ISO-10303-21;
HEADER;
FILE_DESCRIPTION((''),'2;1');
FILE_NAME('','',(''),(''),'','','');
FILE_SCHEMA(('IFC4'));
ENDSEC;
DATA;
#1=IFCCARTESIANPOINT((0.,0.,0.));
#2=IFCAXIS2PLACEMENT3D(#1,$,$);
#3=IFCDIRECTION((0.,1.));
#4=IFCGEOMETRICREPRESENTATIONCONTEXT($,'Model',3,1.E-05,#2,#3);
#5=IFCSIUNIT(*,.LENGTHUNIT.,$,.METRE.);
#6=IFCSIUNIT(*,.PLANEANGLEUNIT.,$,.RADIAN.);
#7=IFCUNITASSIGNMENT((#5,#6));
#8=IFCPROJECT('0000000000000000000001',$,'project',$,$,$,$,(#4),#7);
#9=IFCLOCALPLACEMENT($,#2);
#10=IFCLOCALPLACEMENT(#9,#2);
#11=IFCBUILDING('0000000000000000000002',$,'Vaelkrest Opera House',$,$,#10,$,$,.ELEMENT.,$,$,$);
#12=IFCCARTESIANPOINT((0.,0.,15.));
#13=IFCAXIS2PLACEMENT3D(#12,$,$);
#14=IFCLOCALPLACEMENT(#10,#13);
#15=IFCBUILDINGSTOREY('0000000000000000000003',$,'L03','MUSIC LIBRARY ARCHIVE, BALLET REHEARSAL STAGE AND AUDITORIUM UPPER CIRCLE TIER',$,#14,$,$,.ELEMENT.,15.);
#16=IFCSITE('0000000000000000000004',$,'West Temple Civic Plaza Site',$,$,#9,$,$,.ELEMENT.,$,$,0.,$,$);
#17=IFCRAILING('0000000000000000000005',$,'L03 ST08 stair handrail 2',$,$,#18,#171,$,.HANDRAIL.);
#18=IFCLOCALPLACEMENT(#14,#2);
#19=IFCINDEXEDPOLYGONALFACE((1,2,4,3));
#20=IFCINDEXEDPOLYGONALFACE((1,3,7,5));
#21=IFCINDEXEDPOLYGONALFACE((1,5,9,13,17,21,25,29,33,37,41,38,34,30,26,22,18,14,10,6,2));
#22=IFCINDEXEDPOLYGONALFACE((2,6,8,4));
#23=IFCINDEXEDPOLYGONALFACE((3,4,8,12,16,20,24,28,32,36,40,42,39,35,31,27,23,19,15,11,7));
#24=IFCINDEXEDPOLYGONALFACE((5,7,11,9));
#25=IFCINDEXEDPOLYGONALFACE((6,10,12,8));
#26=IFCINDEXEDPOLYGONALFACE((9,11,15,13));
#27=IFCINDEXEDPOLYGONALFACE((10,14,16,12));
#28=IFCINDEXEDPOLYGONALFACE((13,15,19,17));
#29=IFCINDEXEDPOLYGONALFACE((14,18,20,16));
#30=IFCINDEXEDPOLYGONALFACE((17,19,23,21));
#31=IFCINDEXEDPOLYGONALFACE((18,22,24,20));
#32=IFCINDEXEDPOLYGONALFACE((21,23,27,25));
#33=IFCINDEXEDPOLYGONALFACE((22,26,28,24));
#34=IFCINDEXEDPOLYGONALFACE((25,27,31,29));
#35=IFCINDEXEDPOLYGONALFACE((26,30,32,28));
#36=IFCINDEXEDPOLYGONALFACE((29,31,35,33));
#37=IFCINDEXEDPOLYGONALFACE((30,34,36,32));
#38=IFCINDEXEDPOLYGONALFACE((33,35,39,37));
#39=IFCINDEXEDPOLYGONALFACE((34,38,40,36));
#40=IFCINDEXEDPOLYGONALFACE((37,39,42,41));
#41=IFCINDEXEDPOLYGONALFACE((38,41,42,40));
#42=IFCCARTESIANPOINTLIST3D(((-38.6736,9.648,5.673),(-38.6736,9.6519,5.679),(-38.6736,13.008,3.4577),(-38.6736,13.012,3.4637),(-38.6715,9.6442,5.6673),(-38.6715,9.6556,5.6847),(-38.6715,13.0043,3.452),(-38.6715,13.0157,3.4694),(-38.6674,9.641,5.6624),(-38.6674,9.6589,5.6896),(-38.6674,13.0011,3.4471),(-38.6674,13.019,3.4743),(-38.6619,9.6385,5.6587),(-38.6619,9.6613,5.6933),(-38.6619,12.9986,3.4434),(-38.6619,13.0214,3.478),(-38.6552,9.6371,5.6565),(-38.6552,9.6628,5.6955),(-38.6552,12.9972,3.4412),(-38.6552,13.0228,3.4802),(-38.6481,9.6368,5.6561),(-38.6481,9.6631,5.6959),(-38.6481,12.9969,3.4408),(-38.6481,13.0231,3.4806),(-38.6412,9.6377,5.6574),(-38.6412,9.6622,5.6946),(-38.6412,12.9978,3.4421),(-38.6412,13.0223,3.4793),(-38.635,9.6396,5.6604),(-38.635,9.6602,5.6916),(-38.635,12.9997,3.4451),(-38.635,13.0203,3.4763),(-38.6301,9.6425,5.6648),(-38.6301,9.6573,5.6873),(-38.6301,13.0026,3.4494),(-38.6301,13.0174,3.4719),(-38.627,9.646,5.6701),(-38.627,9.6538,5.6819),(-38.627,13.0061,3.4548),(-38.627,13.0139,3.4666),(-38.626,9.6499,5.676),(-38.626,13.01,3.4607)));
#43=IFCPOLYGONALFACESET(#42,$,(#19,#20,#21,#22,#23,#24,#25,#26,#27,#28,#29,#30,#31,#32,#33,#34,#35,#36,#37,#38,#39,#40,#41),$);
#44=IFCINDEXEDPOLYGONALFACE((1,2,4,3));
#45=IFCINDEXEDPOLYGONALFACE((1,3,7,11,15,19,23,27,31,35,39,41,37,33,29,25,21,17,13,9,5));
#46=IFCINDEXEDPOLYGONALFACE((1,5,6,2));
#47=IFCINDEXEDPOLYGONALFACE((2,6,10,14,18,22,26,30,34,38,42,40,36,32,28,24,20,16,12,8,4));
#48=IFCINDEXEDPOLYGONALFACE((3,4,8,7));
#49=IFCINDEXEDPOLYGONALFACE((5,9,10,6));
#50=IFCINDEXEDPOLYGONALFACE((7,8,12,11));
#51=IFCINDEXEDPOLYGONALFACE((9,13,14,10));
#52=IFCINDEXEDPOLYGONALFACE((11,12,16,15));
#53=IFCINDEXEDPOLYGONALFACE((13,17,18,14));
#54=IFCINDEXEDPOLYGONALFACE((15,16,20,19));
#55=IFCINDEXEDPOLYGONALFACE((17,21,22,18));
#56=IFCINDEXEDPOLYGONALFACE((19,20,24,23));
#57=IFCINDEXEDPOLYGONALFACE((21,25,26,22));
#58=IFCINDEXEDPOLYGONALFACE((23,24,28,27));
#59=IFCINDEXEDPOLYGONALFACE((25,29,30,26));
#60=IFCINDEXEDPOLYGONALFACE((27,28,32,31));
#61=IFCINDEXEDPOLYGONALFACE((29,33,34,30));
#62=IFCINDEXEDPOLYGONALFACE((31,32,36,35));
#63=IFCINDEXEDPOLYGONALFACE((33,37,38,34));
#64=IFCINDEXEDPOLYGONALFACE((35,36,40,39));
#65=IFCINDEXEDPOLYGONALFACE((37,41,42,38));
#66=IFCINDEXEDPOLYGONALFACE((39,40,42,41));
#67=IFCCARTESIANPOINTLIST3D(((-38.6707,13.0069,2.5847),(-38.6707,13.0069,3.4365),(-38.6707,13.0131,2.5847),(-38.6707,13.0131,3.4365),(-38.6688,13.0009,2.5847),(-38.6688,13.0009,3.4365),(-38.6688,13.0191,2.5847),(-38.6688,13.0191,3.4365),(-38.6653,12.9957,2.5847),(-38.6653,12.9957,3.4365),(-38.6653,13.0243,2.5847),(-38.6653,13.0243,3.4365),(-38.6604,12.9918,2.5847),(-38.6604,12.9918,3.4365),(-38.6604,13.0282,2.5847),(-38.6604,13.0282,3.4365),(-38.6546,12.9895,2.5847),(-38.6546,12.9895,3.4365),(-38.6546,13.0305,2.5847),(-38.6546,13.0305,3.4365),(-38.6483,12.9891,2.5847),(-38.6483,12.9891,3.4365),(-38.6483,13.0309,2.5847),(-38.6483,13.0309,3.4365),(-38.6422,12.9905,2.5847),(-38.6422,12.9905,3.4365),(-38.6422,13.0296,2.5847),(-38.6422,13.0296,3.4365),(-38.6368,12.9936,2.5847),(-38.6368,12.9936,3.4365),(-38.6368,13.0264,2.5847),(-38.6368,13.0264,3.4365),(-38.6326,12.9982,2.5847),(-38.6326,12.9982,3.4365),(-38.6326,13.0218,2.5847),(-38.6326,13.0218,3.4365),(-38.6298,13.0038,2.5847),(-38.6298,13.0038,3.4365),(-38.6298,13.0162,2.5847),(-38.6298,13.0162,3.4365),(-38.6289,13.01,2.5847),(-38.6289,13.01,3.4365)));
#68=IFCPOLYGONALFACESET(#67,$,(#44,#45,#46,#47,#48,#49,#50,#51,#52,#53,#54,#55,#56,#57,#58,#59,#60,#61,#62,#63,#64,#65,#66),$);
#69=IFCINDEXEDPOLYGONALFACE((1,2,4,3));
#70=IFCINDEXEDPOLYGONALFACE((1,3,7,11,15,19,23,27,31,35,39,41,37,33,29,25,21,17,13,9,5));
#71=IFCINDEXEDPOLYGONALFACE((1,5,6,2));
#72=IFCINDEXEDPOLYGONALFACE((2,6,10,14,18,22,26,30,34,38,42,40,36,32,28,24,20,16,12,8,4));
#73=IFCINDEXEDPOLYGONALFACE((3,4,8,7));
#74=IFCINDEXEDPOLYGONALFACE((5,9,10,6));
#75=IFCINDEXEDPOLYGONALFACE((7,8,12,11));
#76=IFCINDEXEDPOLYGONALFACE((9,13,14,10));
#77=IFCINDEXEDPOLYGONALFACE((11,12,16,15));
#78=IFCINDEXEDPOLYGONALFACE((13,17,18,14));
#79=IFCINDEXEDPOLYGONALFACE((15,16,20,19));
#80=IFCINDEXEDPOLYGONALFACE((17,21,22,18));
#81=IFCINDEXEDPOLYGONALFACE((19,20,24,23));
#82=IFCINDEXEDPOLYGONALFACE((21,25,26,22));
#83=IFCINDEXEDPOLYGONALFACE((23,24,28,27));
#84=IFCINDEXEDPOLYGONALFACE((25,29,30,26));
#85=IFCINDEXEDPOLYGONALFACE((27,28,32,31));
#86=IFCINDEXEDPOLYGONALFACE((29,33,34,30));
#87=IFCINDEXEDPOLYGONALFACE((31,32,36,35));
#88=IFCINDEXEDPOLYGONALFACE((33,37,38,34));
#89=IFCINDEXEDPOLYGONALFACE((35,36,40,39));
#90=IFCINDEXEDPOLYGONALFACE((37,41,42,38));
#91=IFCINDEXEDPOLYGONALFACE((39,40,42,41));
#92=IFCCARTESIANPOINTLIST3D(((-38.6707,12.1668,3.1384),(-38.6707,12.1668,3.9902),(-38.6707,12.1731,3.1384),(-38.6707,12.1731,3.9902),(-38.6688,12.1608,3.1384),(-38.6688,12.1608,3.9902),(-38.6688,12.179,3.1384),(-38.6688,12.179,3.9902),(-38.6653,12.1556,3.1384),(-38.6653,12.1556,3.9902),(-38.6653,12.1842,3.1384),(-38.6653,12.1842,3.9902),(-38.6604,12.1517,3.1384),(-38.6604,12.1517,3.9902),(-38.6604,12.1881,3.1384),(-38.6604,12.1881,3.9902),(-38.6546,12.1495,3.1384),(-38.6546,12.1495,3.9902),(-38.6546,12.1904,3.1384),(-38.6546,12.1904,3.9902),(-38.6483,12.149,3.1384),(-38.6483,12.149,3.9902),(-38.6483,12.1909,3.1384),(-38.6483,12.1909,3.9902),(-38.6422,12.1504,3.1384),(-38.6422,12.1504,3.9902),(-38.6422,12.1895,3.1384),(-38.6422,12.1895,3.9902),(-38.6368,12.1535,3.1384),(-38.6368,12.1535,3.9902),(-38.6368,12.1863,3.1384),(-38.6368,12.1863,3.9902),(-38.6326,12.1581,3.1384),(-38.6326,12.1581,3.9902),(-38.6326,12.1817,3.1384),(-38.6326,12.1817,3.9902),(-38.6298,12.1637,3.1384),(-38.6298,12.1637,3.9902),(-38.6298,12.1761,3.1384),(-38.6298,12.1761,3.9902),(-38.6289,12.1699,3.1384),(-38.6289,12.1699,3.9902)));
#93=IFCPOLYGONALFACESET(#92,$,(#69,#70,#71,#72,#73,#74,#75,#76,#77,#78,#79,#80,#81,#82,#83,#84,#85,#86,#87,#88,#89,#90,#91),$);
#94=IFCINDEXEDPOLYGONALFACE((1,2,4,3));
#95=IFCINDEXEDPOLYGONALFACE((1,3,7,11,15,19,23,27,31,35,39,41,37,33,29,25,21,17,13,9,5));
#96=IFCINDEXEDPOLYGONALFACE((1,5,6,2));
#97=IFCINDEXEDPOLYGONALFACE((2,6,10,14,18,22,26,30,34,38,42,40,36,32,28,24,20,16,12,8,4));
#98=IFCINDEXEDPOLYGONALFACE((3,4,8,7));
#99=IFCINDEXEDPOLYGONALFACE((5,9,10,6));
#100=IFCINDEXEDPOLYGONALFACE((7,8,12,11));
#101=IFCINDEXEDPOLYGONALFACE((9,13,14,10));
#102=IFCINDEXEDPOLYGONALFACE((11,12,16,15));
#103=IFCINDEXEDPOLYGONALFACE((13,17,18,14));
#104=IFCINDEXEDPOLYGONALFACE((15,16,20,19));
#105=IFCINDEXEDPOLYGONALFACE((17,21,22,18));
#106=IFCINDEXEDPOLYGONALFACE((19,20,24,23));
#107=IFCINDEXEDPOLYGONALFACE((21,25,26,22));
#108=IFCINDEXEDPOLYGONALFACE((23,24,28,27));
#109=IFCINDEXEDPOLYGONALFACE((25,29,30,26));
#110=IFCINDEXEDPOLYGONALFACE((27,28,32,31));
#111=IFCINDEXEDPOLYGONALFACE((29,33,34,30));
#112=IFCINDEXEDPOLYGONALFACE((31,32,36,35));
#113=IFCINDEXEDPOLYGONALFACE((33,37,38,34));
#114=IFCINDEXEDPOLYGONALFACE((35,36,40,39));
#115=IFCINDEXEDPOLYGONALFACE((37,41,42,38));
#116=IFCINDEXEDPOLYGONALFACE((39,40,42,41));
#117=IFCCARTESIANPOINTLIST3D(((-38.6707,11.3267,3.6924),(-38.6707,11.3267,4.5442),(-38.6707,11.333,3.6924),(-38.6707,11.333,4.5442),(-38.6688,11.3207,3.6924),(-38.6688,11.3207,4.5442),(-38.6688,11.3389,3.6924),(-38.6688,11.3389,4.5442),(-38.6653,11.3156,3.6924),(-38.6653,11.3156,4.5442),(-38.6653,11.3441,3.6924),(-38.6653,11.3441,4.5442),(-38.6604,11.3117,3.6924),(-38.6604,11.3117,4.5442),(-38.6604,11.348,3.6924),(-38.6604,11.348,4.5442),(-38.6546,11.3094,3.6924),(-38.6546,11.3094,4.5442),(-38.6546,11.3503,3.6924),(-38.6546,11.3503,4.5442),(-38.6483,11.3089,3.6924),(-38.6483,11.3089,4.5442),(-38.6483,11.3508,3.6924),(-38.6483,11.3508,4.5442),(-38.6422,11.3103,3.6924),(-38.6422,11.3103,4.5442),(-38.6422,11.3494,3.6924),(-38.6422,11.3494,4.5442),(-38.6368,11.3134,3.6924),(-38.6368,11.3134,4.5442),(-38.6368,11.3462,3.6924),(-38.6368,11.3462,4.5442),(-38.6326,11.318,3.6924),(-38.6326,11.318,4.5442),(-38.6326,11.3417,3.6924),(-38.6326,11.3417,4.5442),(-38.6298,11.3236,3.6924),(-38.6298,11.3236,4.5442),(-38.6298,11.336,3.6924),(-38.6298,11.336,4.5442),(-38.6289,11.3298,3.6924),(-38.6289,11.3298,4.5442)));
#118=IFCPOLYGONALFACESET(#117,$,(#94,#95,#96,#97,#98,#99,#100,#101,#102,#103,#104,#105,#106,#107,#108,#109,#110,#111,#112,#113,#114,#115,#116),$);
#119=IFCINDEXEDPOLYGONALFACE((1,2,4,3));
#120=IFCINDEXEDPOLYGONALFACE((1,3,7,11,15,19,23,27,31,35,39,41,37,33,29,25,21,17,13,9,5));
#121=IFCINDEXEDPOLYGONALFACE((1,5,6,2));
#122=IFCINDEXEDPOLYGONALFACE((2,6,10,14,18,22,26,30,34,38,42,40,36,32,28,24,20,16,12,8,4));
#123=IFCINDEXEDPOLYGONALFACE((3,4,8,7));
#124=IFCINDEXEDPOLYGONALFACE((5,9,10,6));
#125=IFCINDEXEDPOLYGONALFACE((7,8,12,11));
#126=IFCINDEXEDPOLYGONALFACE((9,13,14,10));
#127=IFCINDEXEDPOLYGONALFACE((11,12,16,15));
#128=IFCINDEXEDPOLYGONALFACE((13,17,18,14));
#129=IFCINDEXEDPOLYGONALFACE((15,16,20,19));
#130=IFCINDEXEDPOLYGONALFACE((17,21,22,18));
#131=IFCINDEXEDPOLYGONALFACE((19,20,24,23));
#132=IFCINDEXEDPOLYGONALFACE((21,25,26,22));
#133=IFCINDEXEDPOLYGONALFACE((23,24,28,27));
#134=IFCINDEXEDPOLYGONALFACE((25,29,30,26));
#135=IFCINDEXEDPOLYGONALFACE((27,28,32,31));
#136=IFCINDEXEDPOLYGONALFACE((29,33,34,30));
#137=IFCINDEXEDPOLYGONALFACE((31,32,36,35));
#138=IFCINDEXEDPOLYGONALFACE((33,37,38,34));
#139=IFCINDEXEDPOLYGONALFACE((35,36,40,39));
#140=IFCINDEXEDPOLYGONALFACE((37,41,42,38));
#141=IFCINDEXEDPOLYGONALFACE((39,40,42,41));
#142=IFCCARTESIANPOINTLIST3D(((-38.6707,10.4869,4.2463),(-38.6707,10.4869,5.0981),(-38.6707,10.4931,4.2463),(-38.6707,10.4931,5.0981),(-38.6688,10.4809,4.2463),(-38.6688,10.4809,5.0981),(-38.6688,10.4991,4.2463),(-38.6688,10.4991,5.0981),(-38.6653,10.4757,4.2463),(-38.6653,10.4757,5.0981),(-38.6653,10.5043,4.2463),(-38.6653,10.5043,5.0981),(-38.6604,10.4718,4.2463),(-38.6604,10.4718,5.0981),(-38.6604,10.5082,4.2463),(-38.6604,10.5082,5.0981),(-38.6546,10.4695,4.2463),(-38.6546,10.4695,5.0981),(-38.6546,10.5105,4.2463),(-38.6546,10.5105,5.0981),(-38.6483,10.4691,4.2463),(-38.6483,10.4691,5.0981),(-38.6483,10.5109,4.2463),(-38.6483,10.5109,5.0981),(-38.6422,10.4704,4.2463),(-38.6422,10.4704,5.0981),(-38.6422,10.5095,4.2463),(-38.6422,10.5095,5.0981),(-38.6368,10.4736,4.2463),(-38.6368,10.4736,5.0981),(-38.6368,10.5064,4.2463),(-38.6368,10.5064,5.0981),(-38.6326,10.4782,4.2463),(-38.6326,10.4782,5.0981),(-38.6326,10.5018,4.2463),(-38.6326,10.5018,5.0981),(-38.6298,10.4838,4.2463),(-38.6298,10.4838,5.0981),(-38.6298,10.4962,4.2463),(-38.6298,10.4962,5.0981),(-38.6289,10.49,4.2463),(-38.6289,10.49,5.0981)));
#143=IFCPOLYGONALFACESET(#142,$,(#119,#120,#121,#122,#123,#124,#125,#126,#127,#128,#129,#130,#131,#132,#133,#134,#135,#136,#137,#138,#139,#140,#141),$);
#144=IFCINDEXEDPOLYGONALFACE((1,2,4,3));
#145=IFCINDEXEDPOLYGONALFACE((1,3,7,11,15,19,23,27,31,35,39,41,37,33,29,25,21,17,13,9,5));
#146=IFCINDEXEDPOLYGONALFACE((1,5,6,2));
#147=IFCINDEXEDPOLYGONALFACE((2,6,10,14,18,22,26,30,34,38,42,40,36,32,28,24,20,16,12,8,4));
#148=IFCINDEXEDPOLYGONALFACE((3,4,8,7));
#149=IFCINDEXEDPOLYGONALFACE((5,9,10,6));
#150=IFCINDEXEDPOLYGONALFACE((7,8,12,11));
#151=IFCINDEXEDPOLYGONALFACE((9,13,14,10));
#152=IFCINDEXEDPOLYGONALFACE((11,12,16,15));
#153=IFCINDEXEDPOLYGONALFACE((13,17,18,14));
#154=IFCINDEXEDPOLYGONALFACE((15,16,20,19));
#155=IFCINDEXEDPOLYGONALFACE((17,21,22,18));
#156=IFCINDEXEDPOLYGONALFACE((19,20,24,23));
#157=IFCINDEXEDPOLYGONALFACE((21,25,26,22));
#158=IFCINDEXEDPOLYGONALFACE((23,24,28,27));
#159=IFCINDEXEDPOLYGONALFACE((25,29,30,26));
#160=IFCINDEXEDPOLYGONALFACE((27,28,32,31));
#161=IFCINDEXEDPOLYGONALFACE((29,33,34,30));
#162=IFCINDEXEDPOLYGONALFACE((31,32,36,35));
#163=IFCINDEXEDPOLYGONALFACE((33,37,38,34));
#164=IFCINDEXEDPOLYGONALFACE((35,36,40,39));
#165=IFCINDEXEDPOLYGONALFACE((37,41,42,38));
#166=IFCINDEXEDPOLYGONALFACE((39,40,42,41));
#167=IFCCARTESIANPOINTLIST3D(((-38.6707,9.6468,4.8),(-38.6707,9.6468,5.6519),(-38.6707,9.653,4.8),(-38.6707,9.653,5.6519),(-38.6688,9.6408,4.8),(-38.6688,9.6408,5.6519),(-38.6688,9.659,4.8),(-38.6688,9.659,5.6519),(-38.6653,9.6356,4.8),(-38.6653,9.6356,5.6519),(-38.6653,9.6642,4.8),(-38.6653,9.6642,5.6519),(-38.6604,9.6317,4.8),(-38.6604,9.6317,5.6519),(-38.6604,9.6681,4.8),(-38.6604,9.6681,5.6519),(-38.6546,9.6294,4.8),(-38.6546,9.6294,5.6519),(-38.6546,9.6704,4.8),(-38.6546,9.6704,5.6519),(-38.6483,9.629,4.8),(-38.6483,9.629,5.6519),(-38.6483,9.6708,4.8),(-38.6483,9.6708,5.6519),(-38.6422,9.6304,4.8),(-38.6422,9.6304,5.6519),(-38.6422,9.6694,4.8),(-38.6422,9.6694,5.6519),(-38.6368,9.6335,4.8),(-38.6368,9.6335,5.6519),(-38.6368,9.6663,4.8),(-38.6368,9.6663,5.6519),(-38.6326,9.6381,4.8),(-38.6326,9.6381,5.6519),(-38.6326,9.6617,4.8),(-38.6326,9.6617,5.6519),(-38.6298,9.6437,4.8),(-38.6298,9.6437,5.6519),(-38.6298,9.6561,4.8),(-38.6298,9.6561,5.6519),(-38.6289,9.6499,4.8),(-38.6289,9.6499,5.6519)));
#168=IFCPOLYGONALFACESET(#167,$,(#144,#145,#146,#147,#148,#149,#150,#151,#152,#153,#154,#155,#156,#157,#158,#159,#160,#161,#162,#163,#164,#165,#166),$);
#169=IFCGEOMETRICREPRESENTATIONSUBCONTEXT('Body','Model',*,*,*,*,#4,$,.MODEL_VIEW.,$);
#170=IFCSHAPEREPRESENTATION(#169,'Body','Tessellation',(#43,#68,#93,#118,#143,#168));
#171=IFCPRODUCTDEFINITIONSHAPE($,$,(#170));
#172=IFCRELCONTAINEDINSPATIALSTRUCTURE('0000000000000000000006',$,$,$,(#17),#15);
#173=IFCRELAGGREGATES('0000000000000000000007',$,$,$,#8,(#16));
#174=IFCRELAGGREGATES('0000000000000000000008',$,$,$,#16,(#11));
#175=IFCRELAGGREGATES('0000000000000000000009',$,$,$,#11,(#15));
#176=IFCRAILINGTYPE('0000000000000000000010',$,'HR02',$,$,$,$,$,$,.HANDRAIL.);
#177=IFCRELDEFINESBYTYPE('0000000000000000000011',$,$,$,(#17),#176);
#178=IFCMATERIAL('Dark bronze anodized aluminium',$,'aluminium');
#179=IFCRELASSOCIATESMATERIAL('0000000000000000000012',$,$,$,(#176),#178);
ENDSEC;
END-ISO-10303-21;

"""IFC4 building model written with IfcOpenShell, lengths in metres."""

from ifc_helpers import new_model, si_unit, direction, frame, origin, origin_2d, place, context, subcontext, project, spatial, circle, extrude, material, type_object, element, save


model = new_model("IFC4")

# Units and contexts
model_context = context("Model", 3, precision=1e-05, world=origin(), true_north=direction((0.0, 1.0)))
body_context = subcontext(model_context, "Body", "Model", "MODEL_VIEW")
ifc_project = project(units=[si_unit("LENGTHUNIT", "METRE"), si_unit("PLANEANGLEUNIT", "RADIAN")], contexts=[model_context])

# Site, building, storey
site_placement = place(None, origin())
site = spatial("IfcSite", under=ifc_project, at=site_placement, Name="West Temple Civic Plaza Site", CompositionType="ELEMENT", RefElevation=0.0)
building_placement = place(site_placement, origin())
building = spatial("IfcBuilding", under=site, at=building_placement, Name="Vaelkrest Opera House", CompositionType="ELEMENT")
storey_placement = place(building_placement, frame((0.0, 0.0, 15.0)))
storey = spatial("IfcBuildingStorey", under=building, at=storey_placement, Name="L03", Description="MUSIC LIBRARY ARCHIVE, BALLET REHEARSAL STAGE AND AUDITORIUM UPPER CIRCLE TIER", CompositionType="ELEMENT", Elevation=15.0)

# Shared definitions
ifc_material_1 = material(Name="Dark bronze anodized aluminium", Category="aluminium")

# Railing
railing_type_1 = type_object("IfcRailingType", Name="HR02", PredefinedType="HANDRAIL", material=ifc_material_1)
railing_1_placement = place(storey_placement, frame((-38.6499, 13.01, 2.5847)))
element("IfcRailing", 1, at=railing_1_placement, inside=storey, type_object=railing_type_1, Name="L03 ST08 stair handrail 2", PredefinedType="HANDRAIL", context=body_context, shape_type="SweptSolid", body=[
    extrude(circle(Radius=0.0239, at=origin_2d()), frame((0.0, 0.0, 0.876), z_axis=(0.0, -0.834876, 0.550437), x_axis=(1.0, 0.0, 0.0)), (0.0, 0.0, 1.0), 4.0247),
    extrude(circle(Radius=0.021, at=origin_2d()), origin(), (0.0, 0.0, 1.0), 0.8518),
    extrude(circle(Radius=0.021, at=origin_2d()), frame((0.0, -0.8401, 0.5537)), (0.0, 0.0, 1.0), 0.8518),
    extrude(circle(Radius=0.021, at=origin_2d()), frame((0.0, -1.6802, 1.1077)), (0.0, 0.0, 1.0), 0.8518),
    extrude(circle(Radius=0.021, at=origin_2d()), frame((0.0, -2.52, 1.6616)), (0.0, 0.0, 1.0), 0.8518),
    extrude(circle(Radius=0.021, at=origin_2d()), frame((0.0, -3.3601, 2.2153)), (0.0, 0.0, 1.0), 0.8518),
])

save(model, "model.ifc")
